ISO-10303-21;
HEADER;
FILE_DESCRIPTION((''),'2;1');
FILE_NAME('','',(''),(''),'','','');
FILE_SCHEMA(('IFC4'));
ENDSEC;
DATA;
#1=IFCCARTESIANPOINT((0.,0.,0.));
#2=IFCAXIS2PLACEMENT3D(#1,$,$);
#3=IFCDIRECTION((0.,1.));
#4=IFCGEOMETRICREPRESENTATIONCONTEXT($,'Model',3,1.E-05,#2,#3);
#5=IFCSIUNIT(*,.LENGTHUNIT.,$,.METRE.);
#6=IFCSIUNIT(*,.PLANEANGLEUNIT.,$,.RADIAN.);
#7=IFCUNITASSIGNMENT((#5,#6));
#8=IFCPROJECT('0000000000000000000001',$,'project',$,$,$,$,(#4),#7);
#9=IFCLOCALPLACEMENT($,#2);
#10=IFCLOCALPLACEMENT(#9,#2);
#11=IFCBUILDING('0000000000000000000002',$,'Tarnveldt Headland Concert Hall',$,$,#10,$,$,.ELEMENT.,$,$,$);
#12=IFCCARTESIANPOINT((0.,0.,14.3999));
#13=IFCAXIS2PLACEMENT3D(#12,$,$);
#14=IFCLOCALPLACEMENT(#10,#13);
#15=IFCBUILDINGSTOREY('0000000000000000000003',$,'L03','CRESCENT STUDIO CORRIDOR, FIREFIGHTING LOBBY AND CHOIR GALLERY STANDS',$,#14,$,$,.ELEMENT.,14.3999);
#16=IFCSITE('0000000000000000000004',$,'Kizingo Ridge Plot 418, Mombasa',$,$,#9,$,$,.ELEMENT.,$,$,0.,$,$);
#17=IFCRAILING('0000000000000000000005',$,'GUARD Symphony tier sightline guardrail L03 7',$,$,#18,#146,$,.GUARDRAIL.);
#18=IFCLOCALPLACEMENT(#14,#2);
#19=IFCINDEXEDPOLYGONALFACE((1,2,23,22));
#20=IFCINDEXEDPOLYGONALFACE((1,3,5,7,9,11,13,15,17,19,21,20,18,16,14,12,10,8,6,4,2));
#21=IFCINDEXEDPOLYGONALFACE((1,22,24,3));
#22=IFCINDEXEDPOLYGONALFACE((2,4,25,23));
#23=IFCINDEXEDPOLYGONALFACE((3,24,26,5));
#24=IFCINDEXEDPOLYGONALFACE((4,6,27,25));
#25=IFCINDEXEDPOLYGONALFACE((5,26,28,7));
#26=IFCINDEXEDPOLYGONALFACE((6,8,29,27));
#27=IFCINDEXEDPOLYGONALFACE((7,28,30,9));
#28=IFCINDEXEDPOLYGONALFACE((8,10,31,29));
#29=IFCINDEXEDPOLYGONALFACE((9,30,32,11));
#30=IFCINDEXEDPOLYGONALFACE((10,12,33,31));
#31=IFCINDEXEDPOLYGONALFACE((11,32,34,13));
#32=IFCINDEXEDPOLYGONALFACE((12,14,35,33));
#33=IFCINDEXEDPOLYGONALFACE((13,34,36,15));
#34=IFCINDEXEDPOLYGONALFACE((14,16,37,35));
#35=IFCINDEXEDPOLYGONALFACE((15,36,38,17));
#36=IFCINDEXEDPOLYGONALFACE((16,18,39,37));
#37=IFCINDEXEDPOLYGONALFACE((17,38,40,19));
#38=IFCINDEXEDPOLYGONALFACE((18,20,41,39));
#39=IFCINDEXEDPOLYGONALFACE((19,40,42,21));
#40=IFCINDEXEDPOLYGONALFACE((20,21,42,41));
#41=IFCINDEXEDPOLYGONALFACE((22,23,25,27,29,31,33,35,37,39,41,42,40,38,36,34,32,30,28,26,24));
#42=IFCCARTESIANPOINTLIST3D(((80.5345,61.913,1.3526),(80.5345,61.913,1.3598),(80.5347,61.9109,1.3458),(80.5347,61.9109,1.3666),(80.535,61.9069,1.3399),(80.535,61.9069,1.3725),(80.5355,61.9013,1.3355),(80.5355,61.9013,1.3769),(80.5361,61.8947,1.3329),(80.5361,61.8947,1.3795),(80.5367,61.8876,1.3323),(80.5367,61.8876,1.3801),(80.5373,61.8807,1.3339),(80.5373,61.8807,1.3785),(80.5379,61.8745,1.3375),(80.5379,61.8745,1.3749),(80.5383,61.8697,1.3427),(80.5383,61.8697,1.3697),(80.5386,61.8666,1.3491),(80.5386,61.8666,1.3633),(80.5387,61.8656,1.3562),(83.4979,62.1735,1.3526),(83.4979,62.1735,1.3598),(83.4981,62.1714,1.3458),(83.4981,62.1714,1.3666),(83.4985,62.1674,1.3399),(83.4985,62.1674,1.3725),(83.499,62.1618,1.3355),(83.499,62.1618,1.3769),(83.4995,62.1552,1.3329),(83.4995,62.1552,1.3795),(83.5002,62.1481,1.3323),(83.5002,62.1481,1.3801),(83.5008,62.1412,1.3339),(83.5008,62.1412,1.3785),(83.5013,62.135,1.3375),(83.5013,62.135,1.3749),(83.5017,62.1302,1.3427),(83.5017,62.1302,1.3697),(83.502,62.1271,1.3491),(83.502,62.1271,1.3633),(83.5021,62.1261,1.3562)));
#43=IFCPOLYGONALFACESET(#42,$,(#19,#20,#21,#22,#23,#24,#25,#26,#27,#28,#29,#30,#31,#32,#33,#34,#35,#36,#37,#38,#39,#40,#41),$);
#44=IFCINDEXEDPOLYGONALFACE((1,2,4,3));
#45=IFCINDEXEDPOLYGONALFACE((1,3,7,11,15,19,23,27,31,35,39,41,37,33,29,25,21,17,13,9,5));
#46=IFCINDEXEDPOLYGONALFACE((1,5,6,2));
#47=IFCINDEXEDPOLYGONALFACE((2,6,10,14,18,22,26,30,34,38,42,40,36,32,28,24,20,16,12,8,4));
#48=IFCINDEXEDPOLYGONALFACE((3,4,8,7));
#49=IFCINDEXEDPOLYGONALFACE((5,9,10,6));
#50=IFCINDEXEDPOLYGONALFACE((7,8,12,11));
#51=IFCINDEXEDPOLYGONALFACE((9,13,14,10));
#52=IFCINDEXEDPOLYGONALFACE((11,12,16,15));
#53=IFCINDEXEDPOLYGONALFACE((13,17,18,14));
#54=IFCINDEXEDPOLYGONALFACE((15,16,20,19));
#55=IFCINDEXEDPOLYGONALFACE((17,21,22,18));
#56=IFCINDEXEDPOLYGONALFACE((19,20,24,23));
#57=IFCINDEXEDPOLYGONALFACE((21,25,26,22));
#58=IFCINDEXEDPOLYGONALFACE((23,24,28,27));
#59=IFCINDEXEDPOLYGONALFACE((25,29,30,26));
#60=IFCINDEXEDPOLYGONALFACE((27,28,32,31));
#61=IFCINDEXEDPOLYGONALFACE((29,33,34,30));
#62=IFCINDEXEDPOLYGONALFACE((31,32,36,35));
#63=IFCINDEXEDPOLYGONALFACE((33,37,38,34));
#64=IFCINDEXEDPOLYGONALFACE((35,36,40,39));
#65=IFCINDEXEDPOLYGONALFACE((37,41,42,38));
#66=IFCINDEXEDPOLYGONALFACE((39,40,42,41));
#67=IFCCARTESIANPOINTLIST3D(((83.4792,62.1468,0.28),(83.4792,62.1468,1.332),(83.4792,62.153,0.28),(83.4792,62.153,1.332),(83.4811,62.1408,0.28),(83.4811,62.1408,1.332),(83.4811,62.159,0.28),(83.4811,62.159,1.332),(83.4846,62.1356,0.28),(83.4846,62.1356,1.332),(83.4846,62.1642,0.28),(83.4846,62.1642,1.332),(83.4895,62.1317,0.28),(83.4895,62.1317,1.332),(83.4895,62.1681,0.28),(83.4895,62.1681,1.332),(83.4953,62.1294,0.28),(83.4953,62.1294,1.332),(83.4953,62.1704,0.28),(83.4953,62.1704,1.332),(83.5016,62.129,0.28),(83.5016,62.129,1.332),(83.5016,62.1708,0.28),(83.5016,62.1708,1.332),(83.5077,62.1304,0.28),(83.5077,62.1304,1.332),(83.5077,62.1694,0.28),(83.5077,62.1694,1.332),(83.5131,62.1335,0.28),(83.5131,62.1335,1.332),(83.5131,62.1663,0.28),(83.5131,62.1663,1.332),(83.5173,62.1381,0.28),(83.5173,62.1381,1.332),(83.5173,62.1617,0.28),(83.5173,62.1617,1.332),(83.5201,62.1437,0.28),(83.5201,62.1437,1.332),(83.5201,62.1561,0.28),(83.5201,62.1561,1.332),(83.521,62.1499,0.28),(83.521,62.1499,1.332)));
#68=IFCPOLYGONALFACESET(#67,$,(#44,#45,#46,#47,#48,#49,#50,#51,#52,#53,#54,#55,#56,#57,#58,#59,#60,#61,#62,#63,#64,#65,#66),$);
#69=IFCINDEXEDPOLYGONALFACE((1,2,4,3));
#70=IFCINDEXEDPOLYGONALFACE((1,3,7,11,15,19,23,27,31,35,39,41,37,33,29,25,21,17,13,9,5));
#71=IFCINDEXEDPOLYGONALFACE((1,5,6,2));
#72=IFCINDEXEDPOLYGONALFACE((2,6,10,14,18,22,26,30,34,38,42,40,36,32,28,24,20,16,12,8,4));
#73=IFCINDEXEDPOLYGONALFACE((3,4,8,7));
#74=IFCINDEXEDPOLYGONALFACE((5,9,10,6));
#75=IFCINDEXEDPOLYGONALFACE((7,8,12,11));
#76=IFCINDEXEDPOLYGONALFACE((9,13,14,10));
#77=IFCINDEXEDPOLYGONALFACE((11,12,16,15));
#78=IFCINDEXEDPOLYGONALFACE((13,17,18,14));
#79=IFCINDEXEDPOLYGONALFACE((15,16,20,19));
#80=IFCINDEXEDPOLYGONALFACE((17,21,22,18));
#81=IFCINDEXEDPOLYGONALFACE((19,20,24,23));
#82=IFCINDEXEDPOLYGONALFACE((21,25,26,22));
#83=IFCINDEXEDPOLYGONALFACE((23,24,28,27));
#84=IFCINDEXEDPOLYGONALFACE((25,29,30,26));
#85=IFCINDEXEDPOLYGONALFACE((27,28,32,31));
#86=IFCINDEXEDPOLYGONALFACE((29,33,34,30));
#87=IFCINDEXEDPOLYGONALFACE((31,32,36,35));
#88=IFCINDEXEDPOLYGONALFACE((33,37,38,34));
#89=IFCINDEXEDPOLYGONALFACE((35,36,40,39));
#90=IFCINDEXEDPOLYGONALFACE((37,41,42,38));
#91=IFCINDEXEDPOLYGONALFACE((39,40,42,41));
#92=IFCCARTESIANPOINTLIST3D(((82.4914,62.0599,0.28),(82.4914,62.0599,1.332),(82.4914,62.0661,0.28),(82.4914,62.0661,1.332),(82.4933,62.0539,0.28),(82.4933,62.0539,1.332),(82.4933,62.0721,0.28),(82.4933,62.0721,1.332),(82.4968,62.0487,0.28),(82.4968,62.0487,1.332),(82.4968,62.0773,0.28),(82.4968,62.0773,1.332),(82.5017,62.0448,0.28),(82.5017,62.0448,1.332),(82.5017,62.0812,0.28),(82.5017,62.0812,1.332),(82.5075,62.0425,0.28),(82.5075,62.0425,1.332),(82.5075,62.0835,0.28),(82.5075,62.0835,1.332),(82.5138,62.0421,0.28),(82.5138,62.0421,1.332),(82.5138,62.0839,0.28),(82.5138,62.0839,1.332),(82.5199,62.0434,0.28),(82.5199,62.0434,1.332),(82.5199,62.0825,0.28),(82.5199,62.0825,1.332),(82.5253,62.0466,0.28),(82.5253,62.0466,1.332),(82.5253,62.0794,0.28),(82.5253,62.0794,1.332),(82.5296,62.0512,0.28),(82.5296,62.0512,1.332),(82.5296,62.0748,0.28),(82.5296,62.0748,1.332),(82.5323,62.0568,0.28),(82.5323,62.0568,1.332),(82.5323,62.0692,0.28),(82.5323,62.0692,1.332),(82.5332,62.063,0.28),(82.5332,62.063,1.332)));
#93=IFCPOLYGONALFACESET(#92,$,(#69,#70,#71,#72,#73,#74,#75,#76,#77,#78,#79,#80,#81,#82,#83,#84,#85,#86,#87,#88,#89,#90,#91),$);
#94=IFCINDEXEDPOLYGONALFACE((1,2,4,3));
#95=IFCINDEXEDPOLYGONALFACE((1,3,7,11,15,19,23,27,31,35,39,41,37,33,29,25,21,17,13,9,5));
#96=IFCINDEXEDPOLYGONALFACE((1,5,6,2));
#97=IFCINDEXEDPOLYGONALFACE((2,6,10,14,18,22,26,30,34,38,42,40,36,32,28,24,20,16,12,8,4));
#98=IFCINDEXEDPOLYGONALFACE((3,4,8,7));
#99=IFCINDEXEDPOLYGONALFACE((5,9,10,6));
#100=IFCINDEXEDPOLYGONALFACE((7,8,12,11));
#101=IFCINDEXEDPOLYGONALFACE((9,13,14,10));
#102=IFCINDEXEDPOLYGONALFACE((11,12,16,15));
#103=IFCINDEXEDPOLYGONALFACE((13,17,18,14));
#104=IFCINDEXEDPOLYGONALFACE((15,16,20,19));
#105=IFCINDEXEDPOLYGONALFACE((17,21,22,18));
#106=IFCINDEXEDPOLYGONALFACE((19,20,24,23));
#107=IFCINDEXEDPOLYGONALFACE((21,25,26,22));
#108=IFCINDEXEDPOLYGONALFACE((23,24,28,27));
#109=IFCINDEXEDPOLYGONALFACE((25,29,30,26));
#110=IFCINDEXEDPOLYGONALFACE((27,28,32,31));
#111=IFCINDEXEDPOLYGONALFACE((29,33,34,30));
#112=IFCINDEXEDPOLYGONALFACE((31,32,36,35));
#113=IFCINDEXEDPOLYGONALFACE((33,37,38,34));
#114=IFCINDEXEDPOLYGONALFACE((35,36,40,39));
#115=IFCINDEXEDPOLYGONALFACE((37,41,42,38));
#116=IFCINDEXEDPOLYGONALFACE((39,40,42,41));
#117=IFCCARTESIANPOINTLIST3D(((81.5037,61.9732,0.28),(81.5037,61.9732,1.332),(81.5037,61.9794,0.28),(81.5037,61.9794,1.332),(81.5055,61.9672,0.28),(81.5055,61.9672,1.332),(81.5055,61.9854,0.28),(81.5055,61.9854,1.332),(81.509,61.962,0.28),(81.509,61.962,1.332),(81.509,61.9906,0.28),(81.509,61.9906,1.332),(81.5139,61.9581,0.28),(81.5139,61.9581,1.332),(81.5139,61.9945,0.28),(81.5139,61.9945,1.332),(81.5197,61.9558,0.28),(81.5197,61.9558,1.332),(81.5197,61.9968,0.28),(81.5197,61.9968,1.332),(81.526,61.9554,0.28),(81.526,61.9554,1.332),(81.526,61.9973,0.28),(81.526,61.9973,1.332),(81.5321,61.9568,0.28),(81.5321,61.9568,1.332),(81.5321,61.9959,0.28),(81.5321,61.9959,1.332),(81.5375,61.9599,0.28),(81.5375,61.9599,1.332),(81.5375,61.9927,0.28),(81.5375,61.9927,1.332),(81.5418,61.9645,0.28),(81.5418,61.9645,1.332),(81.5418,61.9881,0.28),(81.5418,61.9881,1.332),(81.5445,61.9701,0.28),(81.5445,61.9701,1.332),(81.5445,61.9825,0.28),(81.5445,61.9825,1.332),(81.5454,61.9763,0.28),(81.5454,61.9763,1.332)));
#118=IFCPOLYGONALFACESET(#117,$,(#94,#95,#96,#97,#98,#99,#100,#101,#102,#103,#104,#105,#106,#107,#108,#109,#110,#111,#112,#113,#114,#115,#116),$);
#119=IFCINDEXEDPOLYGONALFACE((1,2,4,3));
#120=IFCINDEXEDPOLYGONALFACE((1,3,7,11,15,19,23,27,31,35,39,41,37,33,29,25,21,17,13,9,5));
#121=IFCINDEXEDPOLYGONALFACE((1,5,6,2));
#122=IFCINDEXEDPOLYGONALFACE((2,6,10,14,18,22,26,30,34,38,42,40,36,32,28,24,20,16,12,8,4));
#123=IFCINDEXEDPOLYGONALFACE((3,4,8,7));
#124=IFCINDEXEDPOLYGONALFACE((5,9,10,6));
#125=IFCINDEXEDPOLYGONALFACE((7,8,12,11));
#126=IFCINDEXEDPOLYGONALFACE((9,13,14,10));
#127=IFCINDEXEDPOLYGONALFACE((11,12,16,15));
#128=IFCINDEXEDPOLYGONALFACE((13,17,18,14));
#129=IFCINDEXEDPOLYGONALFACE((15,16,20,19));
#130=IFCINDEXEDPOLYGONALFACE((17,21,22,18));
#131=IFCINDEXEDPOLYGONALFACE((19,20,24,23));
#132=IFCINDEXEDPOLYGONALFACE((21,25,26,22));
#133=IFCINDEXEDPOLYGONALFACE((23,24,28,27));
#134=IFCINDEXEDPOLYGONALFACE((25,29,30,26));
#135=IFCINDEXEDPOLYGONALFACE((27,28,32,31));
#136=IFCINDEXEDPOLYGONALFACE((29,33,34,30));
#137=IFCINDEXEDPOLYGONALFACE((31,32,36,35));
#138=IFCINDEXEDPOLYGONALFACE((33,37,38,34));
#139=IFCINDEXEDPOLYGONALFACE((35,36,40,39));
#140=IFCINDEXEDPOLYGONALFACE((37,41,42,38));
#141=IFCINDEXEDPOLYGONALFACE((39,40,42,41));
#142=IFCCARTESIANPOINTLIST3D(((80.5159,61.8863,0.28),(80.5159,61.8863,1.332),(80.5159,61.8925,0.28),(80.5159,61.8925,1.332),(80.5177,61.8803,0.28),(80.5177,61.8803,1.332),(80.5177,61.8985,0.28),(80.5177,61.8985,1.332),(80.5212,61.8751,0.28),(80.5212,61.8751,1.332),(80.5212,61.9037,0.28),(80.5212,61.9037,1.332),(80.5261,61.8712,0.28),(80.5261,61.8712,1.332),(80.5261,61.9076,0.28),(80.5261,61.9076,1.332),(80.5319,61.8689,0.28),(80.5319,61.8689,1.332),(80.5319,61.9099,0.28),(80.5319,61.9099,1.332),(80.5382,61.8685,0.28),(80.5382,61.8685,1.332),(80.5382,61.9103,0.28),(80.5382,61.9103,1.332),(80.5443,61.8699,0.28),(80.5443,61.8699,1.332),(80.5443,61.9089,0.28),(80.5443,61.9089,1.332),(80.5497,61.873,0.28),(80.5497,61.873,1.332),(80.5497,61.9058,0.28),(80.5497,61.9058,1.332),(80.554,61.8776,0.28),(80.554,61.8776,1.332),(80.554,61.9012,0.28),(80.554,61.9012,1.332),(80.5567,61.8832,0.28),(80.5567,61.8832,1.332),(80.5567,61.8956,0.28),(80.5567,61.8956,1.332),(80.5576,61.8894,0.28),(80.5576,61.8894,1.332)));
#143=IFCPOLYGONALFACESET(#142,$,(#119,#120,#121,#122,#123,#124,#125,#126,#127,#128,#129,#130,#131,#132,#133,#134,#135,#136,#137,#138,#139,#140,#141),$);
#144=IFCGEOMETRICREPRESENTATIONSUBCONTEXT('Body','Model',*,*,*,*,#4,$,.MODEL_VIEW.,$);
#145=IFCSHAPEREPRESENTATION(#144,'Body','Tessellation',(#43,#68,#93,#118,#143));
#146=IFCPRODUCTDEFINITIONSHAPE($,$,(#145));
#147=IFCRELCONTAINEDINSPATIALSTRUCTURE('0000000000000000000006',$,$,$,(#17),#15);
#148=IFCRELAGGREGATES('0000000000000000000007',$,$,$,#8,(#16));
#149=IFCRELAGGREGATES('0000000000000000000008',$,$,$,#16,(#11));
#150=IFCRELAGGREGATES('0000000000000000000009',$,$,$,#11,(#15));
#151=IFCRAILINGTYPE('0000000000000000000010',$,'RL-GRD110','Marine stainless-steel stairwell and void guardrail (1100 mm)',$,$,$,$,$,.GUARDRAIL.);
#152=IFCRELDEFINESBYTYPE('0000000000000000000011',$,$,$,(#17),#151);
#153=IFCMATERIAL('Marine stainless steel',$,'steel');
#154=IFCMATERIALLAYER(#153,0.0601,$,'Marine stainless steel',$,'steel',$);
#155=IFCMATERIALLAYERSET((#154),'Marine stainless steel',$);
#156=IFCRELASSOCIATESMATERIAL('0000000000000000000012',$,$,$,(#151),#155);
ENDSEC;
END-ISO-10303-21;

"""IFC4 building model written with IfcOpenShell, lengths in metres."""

from ifc_helpers import new_model, si_unit, direction, frame, origin, origin_2d, place, context, subcontext, project, spatial, circle, extrude, material, layer, layer_set, type_object, element, save


model = new_model("IFC4")

# Units and contexts
model_context = context("Model", 3, precision=1e-05, world=origin(), true_north=direction((0.0, 1.0)))
body_context = subcontext(model_context, "Body", "Model", "MODEL_VIEW")
ifc_project = project(units=[si_unit("LENGTHUNIT", "METRE"), si_unit("PLANEANGLEUNIT", "RADIAN")], contexts=[model_context])

# Site, building, storey
site_placement = place(None, origin())
site = spatial("IfcSite", under=ifc_project, at=site_placement, Name="Kizingo Ridge Plot 418, Mombasa", CompositionType="ELEMENT", RefElevation=0.0)
building_placement = place(site_placement, origin())
building = spatial("IfcBuilding", under=site, at=building_placement, Name="Tarnveldt Headland Concert Hall", CompositionType="ELEMENT")
storey_placement = place(building_placement, frame((0.0, 0.0, 14.3999)))
storey = spatial("IfcBuildingStorey", under=building, at=storey_placement, Name="L03", Description="CRESCENT STUDIO CORRIDOR, FIREFIGHTING LOBBY AND CHOIR GALLERY STANDS", CompositionType="ELEMENT", Elevation=14.3999)

# Railing
ifc_material_1 = material(Name="Marine stainless steel", Category="steel")
ifc_layer = layer(ifc_material_1, 0.0601, Name="Marine stainless steel", Category="steel")
ifc_layer_set = layer_set([ifc_layer], Name="Marine stainless steel")
railing_type = type_object("IfcRailingType", Name="RL-GRD110", Description="Marine stainless-steel stairwell and void guardrail (1100 mm)", PredefinedType="GUARDRAIL", material=ifc_layer_set)
railing_1_placement = place(storey_placement, frame((83.5, 62.1499, 0.28)))
element("IfcRailing", 1, at=railing_1_placement, inside=storey, type_object=railing_type, Name="GUARD Symphony tier sightline guardrail L03 7", PredefinedType="GUARDRAIL", context=body_context, shape_type="SweptSolid", body=[
    extrude(circle(Radius=0.0239, at=origin_2d()), frame((0.0, 0.0, 1.0762), z_axis=(-0.996159, -0.087568, 0.0), x_axis=(0.087568, -0.996159, 0.0)), (0.0, 0.0, 1.0), 2.9749),
    extrude(circle(Radius=0.021, at=origin_2d()), origin(), (0.0, 0.0, 1.0), 1.052),
    extrude(circle(Radius=0.021, at=origin_2d()), frame((-0.9878, -0.0869, 0.0)), (0.0, 0.0, 1.0), 1.052),
    extrude(circle(Radius=0.021, at=origin_2d()), frame((-1.9756, -0.1736, 0.0)), (0.0, 0.0, 1.0), 1.052),
    extrude(circle(Radius=0.021, at=origin_2d()), frame((-2.9634, -0.2605, 0.0)), (0.0, 0.0, 1.0), 1.052),
])

save(model, "model.ifc")
